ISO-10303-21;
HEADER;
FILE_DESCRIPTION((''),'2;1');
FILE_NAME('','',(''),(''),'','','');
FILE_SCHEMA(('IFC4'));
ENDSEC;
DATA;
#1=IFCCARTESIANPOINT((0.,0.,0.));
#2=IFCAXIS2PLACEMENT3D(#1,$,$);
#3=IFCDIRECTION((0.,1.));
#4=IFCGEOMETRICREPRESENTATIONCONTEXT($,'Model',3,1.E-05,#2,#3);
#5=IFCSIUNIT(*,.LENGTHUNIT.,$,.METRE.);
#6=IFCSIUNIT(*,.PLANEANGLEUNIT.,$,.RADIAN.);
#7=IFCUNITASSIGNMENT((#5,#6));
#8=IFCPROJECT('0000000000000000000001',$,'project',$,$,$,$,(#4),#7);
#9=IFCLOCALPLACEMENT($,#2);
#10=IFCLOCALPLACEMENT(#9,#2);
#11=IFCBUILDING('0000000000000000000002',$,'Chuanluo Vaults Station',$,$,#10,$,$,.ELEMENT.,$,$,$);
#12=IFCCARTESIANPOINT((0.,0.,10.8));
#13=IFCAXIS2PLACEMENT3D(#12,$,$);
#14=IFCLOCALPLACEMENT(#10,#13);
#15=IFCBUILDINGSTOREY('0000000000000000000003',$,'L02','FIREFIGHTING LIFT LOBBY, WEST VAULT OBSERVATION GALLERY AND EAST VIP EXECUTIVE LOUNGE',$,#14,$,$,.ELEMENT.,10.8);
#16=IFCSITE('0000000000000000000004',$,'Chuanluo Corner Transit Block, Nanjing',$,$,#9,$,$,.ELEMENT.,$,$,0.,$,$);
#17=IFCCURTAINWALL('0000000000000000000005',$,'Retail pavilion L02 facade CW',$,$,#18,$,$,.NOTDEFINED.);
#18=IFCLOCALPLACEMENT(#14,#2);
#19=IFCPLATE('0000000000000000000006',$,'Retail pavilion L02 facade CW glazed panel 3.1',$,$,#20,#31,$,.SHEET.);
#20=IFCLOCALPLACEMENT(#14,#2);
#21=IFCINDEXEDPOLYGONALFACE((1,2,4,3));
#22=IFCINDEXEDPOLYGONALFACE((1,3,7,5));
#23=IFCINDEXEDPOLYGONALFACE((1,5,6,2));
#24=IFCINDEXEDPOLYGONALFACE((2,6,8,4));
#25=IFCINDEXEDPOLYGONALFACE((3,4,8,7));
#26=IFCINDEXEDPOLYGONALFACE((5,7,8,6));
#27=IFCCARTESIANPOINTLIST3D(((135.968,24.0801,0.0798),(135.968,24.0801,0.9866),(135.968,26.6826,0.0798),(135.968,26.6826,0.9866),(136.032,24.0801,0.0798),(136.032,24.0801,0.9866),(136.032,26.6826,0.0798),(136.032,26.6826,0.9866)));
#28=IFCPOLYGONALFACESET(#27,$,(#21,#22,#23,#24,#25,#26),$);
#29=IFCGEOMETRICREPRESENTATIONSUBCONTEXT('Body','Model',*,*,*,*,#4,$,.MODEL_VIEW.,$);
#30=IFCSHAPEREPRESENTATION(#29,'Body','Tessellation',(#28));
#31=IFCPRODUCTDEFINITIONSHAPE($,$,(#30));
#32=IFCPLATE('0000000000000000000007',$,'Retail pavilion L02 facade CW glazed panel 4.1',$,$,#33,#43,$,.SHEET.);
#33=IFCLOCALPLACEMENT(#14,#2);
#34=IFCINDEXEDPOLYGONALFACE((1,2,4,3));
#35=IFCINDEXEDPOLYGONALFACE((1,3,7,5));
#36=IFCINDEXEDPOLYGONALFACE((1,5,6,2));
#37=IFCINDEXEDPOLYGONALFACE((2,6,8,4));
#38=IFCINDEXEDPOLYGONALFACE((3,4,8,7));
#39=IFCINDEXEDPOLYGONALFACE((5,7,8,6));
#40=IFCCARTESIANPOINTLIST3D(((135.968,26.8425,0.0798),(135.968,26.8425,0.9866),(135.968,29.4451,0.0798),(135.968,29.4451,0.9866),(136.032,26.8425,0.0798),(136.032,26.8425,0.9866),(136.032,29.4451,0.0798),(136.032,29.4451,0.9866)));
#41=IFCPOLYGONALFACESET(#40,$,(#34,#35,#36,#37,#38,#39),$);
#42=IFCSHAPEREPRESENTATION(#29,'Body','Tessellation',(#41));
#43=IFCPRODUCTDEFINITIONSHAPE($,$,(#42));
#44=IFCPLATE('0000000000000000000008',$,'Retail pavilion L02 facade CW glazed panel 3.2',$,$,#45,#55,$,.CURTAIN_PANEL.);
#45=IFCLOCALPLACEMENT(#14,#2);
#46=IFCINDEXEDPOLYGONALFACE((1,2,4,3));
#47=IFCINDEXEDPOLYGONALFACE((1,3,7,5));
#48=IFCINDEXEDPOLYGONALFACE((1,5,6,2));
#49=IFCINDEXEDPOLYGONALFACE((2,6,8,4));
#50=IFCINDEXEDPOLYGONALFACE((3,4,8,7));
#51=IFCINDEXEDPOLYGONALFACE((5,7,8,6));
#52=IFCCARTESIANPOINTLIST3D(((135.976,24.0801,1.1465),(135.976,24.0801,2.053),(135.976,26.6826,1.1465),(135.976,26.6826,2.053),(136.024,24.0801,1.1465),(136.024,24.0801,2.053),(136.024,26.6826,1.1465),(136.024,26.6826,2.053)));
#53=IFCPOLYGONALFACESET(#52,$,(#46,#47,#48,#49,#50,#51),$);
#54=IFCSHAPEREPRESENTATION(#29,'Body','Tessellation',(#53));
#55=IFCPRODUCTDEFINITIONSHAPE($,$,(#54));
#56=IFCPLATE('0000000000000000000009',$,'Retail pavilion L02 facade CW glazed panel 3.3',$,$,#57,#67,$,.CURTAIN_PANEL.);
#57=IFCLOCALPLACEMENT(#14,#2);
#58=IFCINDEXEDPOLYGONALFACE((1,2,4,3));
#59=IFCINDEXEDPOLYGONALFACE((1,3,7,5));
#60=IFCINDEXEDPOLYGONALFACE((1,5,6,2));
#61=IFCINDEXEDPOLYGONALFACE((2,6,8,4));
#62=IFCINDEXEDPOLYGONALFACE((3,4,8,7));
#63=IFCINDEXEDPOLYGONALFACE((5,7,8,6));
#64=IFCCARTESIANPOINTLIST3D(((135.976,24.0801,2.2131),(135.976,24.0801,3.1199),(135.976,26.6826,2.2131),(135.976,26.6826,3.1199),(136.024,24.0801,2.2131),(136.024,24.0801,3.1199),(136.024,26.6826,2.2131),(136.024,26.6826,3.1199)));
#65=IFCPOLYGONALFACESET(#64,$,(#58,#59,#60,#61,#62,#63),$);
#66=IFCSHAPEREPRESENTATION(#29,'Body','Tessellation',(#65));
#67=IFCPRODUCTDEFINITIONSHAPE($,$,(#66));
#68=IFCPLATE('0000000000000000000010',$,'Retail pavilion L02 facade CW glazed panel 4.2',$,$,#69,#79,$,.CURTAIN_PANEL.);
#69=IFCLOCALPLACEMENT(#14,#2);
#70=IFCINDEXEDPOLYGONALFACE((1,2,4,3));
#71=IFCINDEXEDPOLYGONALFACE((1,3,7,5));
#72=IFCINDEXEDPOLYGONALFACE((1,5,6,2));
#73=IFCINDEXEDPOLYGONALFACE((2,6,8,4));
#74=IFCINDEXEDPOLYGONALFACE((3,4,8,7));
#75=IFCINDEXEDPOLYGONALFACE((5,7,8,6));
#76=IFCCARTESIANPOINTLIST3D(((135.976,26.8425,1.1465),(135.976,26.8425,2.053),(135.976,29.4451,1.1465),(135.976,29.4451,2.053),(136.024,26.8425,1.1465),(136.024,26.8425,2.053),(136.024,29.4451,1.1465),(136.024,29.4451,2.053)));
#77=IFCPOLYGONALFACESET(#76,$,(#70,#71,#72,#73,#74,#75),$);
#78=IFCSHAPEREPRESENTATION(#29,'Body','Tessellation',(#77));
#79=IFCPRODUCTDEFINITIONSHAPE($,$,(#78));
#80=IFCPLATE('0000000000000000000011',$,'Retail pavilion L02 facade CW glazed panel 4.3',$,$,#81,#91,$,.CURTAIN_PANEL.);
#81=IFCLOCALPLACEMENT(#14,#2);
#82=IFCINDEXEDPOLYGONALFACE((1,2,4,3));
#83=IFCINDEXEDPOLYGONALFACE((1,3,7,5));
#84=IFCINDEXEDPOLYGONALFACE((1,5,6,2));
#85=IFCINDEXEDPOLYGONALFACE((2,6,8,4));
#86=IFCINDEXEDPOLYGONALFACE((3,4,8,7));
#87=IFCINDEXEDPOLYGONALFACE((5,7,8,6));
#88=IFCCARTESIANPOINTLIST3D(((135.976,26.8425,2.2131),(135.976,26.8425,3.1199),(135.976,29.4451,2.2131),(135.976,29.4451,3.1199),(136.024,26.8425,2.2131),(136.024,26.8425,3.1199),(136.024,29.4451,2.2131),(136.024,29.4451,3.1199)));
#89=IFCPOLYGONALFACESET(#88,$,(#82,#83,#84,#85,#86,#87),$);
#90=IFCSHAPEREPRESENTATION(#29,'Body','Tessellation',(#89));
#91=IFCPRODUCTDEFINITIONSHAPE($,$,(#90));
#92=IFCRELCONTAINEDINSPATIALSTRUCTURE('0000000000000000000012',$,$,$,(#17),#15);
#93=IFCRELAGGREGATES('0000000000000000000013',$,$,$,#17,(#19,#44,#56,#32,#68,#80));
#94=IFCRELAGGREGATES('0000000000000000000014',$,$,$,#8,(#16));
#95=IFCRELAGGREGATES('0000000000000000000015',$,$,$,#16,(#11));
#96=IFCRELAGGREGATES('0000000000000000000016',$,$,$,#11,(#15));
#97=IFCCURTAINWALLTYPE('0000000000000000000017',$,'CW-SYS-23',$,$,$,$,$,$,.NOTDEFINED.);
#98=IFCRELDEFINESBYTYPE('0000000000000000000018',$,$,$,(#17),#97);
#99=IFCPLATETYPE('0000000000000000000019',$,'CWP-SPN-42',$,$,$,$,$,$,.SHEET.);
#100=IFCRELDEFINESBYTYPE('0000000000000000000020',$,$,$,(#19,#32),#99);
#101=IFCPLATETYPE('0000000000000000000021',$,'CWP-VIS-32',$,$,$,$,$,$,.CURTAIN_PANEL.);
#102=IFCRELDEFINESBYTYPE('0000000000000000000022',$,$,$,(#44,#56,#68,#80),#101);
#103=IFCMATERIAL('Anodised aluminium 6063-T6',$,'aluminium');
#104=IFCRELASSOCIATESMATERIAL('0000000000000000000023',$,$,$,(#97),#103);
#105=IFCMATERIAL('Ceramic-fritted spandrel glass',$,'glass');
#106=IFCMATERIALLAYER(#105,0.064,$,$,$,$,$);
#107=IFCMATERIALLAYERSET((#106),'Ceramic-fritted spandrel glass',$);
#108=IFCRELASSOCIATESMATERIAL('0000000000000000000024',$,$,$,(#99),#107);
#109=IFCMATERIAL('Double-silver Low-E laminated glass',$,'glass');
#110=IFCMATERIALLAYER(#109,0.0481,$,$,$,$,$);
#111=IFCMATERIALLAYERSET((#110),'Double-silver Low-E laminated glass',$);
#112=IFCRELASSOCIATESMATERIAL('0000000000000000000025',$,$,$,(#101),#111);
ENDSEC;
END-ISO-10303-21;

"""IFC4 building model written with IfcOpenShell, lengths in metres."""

from ifc_helpers import new_model, si_unit, direction, frame, origin, origin_2d, place, context, subcontext, project, spatial, rectangle, extrude, material, layer, layer_set, type_object, element, aggregate, save


model = new_model("IFC4")

# Units and contexts
model_context = context("Model", 3, precision=1e-05, world=origin(), true_north=direction((0.0, 1.0)))
body_context = subcontext(model_context, "Body", "Model", "MODEL_VIEW")
ifc_project = project(units=[si_unit("LENGTHUNIT", "METRE"), si_unit("PLANEANGLEUNIT", "RADIAN")], contexts=[model_context])

# Site, building, storey
site_placement = place(None, origin())
site = spatial("IfcSite", under=ifc_project, at=site_placement, Name="Chuanluo Corner Transit Block, Nanjing", CompositionType="ELEMENT", RefElevation=0.0)
building_placement = place(site_placement, origin())
building = spatial("IfcBuilding", under=site, at=building_placement, Name="Chuanluo Vaults Station", CompositionType="ELEMENT")
storey_placement = place(building_placement, frame((0.0, 0.0, 10.8)))
storey = spatial("IfcBuildingStorey", under=building, at=storey_placement, Name="L02", Description="FIREFIGHTING LIFT LOBBY, WEST VAULT OBSERVATION GALLERY AND EAST VIP EXECUTIVE LOUNGE", CompositionType="ELEMENT", Elevation=10.8)

# Curtain wall, plates
ifc_material_1 = material(Name="Anodised aluminium 6063-T6", Category="aluminium")
curtain_wall_type_1 = type_object("IfcCurtainWallType", Name="CW-SYS-23", PredefinedType="NOTDEFINED", material=ifc_material_1)
curtain_wall_1_placement = place(storey_placement, origin())
curtain_wall_1 = element("IfcCurtainWall", 1, at=curtain_wall_1_placement, inside=storey, type_object=curtain_wall_type_1, Name="Retail pavilion L02 facade CW", PredefinedType="NOTDEFINED")
ifc_material_2 = material(Name="Ceramic-fritted spandrel glass", Category="glass")
ifc_layer_1 = layer(ifc_material_2, 0.064)
ifc_layer_set_1 = layer_set([ifc_layer_1], Name="Ceramic-fritted spandrel glass")
plate_type_1 = type_object("IfcPlateType", Name="CWP-SPN-42", PredefinedType="SHEET", material=ifc_layer_set_1)
plate_1_placement = place(storey_placement, frame((136.0, 25.3813, 0.0798), z_axis=(0.0, 0.0, 1.0), x_axis=(0.0, 1.0, 0.0)))
plate_1 = element("IfcPlate", 2, at=plate_1_placement, type_object=plate_type_1, Name="Retail pavilion L02 facade CW glazed panel 3.1", PredefinedType="SHEET", context=body_context, shape_type="SweptSolid", body=[
    extrude(rectangle(XDim=2.6025, YDim=0.064, at=origin_2d()), origin(), (0.0, 0.0, 1.0), 0.9067),
])
plate_2_placement = place(storey_placement, frame((136.0, 28.1438, 0.0798), z_axis=(0.0, 0.0, 1.0), x_axis=(0.0, 1.0, 0.0)))
plate_2 = element("IfcPlate", 3, at=plate_2_placement, type_object=plate_type_1, Name="Retail pavilion L02 facade CW glazed panel 4.1", PredefinedType="SHEET", context=body_context, shape_type="SweptSolid", body=[
    extrude(rectangle(XDim=2.6025, YDim=0.064, at=origin_2d()), origin(), (0.0, 0.0, 1.0), 0.9067),
])
ifc_material_3 = material(Name="Double-silver Low-E laminated glass", Category="glass")
ifc_layer_2 = layer(ifc_material_3, 0.0481)
ifc_layer_set_2 = layer_set([ifc_layer_2], Name="Double-silver Low-E laminated glass")
plate_type_2 = type_object("IfcPlateType", Name="CWP-VIS-32", PredefinedType="CURTAIN_PANEL", material=ifc_layer_set_2)
plate_3_placement = place(storey_placement, frame((136.0, 25.3813, 1.1465), z_axis=(0.0, 0.0, 1.0), x_axis=(0.0, 1.0, 0.0)))
plate_3 = element("IfcPlate", 4, at=plate_3_placement, type_object=plate_type_2, Name="Retail pavilion L02 facade CW glazed panel 3.2", PredefinedType="CURTAIN_PANEL", context=body_context, shape_type="SweptSolid", body=[
    extrude(rectangle(XDim=2.6025, YDim=0.0481, at=origin_2d()), origin(), (0.0, 0.0, 1.0), 0.9065),
])
plate_4_placement = place(storey_placement, frame((136.0, 25.3813, 2.2131), z_axis=(0.0, 0.0, 1.0), x_axis=(0.0, 1.0, 0.0)))
plate_4 = element("IfcPlate", 5, at=plate_4_placement, type_object=plate_type_2, Name="Retail pavilion L02 facade CW glazed panel 3.3", PredefinedType="CURTAIN_PANEL", context=body_context, shape_type="SweptSolid", body=[
    extrude(rectangle(XDim=2.6025, YDim=0.0481, at=origin_2d()), origin(), (0.0, 0.0, 1.0), 0.9067),
])
plate_5_placement = place(storey_placement, frame((136.0, 28.1438, 1.1465), z_axis=(0.0, 0.0, 1.0), x_axis=(0.0, 1.0, 0.0)))
plate_5 = element("IfcPlate", 6, at=plate_5_placement, type_object=plate_type_2, Name="Retail pavilion L02 facade CW glazed panel 4.2", PredefinedType="CURTAIN_PANEL", context=body_context, shape_type="SweptSolid", body=[
    extrude(rectangle(XDim=2.6025, YDim=0.0481, at=origin_2d()), origin(), (0.0, 0.0, 1.0), 0.9065),
])
plate_6_placement = place(storey_placement, frame((136.0, 28.1438, 2.2131), z_axis=(0.0, 0.0, 1.0), x_axis=(0.0, 1.0, 0.0)))
plate_6 = element("IfcPlate", 7, at=plate_6_placement, type_object=plate_type_2, Name="Retail pavilion L02 facade CW glazed panel 4.3", PredefinedType="CURTAIN_PANEL", context=body_context, shape_type="SweptSolid", body=[
    extrude(rectangle(XDim=2.6025, YDim=0.0481, at=origin_2d()), origin(), (0.0, 0.0, 1.0), 0.9067),
])
aggregate(curtain_wall_1, [plate_1, plate_3, plate_4, plate_2, plate_5, plate_6])

save(model, "model.ifc")
